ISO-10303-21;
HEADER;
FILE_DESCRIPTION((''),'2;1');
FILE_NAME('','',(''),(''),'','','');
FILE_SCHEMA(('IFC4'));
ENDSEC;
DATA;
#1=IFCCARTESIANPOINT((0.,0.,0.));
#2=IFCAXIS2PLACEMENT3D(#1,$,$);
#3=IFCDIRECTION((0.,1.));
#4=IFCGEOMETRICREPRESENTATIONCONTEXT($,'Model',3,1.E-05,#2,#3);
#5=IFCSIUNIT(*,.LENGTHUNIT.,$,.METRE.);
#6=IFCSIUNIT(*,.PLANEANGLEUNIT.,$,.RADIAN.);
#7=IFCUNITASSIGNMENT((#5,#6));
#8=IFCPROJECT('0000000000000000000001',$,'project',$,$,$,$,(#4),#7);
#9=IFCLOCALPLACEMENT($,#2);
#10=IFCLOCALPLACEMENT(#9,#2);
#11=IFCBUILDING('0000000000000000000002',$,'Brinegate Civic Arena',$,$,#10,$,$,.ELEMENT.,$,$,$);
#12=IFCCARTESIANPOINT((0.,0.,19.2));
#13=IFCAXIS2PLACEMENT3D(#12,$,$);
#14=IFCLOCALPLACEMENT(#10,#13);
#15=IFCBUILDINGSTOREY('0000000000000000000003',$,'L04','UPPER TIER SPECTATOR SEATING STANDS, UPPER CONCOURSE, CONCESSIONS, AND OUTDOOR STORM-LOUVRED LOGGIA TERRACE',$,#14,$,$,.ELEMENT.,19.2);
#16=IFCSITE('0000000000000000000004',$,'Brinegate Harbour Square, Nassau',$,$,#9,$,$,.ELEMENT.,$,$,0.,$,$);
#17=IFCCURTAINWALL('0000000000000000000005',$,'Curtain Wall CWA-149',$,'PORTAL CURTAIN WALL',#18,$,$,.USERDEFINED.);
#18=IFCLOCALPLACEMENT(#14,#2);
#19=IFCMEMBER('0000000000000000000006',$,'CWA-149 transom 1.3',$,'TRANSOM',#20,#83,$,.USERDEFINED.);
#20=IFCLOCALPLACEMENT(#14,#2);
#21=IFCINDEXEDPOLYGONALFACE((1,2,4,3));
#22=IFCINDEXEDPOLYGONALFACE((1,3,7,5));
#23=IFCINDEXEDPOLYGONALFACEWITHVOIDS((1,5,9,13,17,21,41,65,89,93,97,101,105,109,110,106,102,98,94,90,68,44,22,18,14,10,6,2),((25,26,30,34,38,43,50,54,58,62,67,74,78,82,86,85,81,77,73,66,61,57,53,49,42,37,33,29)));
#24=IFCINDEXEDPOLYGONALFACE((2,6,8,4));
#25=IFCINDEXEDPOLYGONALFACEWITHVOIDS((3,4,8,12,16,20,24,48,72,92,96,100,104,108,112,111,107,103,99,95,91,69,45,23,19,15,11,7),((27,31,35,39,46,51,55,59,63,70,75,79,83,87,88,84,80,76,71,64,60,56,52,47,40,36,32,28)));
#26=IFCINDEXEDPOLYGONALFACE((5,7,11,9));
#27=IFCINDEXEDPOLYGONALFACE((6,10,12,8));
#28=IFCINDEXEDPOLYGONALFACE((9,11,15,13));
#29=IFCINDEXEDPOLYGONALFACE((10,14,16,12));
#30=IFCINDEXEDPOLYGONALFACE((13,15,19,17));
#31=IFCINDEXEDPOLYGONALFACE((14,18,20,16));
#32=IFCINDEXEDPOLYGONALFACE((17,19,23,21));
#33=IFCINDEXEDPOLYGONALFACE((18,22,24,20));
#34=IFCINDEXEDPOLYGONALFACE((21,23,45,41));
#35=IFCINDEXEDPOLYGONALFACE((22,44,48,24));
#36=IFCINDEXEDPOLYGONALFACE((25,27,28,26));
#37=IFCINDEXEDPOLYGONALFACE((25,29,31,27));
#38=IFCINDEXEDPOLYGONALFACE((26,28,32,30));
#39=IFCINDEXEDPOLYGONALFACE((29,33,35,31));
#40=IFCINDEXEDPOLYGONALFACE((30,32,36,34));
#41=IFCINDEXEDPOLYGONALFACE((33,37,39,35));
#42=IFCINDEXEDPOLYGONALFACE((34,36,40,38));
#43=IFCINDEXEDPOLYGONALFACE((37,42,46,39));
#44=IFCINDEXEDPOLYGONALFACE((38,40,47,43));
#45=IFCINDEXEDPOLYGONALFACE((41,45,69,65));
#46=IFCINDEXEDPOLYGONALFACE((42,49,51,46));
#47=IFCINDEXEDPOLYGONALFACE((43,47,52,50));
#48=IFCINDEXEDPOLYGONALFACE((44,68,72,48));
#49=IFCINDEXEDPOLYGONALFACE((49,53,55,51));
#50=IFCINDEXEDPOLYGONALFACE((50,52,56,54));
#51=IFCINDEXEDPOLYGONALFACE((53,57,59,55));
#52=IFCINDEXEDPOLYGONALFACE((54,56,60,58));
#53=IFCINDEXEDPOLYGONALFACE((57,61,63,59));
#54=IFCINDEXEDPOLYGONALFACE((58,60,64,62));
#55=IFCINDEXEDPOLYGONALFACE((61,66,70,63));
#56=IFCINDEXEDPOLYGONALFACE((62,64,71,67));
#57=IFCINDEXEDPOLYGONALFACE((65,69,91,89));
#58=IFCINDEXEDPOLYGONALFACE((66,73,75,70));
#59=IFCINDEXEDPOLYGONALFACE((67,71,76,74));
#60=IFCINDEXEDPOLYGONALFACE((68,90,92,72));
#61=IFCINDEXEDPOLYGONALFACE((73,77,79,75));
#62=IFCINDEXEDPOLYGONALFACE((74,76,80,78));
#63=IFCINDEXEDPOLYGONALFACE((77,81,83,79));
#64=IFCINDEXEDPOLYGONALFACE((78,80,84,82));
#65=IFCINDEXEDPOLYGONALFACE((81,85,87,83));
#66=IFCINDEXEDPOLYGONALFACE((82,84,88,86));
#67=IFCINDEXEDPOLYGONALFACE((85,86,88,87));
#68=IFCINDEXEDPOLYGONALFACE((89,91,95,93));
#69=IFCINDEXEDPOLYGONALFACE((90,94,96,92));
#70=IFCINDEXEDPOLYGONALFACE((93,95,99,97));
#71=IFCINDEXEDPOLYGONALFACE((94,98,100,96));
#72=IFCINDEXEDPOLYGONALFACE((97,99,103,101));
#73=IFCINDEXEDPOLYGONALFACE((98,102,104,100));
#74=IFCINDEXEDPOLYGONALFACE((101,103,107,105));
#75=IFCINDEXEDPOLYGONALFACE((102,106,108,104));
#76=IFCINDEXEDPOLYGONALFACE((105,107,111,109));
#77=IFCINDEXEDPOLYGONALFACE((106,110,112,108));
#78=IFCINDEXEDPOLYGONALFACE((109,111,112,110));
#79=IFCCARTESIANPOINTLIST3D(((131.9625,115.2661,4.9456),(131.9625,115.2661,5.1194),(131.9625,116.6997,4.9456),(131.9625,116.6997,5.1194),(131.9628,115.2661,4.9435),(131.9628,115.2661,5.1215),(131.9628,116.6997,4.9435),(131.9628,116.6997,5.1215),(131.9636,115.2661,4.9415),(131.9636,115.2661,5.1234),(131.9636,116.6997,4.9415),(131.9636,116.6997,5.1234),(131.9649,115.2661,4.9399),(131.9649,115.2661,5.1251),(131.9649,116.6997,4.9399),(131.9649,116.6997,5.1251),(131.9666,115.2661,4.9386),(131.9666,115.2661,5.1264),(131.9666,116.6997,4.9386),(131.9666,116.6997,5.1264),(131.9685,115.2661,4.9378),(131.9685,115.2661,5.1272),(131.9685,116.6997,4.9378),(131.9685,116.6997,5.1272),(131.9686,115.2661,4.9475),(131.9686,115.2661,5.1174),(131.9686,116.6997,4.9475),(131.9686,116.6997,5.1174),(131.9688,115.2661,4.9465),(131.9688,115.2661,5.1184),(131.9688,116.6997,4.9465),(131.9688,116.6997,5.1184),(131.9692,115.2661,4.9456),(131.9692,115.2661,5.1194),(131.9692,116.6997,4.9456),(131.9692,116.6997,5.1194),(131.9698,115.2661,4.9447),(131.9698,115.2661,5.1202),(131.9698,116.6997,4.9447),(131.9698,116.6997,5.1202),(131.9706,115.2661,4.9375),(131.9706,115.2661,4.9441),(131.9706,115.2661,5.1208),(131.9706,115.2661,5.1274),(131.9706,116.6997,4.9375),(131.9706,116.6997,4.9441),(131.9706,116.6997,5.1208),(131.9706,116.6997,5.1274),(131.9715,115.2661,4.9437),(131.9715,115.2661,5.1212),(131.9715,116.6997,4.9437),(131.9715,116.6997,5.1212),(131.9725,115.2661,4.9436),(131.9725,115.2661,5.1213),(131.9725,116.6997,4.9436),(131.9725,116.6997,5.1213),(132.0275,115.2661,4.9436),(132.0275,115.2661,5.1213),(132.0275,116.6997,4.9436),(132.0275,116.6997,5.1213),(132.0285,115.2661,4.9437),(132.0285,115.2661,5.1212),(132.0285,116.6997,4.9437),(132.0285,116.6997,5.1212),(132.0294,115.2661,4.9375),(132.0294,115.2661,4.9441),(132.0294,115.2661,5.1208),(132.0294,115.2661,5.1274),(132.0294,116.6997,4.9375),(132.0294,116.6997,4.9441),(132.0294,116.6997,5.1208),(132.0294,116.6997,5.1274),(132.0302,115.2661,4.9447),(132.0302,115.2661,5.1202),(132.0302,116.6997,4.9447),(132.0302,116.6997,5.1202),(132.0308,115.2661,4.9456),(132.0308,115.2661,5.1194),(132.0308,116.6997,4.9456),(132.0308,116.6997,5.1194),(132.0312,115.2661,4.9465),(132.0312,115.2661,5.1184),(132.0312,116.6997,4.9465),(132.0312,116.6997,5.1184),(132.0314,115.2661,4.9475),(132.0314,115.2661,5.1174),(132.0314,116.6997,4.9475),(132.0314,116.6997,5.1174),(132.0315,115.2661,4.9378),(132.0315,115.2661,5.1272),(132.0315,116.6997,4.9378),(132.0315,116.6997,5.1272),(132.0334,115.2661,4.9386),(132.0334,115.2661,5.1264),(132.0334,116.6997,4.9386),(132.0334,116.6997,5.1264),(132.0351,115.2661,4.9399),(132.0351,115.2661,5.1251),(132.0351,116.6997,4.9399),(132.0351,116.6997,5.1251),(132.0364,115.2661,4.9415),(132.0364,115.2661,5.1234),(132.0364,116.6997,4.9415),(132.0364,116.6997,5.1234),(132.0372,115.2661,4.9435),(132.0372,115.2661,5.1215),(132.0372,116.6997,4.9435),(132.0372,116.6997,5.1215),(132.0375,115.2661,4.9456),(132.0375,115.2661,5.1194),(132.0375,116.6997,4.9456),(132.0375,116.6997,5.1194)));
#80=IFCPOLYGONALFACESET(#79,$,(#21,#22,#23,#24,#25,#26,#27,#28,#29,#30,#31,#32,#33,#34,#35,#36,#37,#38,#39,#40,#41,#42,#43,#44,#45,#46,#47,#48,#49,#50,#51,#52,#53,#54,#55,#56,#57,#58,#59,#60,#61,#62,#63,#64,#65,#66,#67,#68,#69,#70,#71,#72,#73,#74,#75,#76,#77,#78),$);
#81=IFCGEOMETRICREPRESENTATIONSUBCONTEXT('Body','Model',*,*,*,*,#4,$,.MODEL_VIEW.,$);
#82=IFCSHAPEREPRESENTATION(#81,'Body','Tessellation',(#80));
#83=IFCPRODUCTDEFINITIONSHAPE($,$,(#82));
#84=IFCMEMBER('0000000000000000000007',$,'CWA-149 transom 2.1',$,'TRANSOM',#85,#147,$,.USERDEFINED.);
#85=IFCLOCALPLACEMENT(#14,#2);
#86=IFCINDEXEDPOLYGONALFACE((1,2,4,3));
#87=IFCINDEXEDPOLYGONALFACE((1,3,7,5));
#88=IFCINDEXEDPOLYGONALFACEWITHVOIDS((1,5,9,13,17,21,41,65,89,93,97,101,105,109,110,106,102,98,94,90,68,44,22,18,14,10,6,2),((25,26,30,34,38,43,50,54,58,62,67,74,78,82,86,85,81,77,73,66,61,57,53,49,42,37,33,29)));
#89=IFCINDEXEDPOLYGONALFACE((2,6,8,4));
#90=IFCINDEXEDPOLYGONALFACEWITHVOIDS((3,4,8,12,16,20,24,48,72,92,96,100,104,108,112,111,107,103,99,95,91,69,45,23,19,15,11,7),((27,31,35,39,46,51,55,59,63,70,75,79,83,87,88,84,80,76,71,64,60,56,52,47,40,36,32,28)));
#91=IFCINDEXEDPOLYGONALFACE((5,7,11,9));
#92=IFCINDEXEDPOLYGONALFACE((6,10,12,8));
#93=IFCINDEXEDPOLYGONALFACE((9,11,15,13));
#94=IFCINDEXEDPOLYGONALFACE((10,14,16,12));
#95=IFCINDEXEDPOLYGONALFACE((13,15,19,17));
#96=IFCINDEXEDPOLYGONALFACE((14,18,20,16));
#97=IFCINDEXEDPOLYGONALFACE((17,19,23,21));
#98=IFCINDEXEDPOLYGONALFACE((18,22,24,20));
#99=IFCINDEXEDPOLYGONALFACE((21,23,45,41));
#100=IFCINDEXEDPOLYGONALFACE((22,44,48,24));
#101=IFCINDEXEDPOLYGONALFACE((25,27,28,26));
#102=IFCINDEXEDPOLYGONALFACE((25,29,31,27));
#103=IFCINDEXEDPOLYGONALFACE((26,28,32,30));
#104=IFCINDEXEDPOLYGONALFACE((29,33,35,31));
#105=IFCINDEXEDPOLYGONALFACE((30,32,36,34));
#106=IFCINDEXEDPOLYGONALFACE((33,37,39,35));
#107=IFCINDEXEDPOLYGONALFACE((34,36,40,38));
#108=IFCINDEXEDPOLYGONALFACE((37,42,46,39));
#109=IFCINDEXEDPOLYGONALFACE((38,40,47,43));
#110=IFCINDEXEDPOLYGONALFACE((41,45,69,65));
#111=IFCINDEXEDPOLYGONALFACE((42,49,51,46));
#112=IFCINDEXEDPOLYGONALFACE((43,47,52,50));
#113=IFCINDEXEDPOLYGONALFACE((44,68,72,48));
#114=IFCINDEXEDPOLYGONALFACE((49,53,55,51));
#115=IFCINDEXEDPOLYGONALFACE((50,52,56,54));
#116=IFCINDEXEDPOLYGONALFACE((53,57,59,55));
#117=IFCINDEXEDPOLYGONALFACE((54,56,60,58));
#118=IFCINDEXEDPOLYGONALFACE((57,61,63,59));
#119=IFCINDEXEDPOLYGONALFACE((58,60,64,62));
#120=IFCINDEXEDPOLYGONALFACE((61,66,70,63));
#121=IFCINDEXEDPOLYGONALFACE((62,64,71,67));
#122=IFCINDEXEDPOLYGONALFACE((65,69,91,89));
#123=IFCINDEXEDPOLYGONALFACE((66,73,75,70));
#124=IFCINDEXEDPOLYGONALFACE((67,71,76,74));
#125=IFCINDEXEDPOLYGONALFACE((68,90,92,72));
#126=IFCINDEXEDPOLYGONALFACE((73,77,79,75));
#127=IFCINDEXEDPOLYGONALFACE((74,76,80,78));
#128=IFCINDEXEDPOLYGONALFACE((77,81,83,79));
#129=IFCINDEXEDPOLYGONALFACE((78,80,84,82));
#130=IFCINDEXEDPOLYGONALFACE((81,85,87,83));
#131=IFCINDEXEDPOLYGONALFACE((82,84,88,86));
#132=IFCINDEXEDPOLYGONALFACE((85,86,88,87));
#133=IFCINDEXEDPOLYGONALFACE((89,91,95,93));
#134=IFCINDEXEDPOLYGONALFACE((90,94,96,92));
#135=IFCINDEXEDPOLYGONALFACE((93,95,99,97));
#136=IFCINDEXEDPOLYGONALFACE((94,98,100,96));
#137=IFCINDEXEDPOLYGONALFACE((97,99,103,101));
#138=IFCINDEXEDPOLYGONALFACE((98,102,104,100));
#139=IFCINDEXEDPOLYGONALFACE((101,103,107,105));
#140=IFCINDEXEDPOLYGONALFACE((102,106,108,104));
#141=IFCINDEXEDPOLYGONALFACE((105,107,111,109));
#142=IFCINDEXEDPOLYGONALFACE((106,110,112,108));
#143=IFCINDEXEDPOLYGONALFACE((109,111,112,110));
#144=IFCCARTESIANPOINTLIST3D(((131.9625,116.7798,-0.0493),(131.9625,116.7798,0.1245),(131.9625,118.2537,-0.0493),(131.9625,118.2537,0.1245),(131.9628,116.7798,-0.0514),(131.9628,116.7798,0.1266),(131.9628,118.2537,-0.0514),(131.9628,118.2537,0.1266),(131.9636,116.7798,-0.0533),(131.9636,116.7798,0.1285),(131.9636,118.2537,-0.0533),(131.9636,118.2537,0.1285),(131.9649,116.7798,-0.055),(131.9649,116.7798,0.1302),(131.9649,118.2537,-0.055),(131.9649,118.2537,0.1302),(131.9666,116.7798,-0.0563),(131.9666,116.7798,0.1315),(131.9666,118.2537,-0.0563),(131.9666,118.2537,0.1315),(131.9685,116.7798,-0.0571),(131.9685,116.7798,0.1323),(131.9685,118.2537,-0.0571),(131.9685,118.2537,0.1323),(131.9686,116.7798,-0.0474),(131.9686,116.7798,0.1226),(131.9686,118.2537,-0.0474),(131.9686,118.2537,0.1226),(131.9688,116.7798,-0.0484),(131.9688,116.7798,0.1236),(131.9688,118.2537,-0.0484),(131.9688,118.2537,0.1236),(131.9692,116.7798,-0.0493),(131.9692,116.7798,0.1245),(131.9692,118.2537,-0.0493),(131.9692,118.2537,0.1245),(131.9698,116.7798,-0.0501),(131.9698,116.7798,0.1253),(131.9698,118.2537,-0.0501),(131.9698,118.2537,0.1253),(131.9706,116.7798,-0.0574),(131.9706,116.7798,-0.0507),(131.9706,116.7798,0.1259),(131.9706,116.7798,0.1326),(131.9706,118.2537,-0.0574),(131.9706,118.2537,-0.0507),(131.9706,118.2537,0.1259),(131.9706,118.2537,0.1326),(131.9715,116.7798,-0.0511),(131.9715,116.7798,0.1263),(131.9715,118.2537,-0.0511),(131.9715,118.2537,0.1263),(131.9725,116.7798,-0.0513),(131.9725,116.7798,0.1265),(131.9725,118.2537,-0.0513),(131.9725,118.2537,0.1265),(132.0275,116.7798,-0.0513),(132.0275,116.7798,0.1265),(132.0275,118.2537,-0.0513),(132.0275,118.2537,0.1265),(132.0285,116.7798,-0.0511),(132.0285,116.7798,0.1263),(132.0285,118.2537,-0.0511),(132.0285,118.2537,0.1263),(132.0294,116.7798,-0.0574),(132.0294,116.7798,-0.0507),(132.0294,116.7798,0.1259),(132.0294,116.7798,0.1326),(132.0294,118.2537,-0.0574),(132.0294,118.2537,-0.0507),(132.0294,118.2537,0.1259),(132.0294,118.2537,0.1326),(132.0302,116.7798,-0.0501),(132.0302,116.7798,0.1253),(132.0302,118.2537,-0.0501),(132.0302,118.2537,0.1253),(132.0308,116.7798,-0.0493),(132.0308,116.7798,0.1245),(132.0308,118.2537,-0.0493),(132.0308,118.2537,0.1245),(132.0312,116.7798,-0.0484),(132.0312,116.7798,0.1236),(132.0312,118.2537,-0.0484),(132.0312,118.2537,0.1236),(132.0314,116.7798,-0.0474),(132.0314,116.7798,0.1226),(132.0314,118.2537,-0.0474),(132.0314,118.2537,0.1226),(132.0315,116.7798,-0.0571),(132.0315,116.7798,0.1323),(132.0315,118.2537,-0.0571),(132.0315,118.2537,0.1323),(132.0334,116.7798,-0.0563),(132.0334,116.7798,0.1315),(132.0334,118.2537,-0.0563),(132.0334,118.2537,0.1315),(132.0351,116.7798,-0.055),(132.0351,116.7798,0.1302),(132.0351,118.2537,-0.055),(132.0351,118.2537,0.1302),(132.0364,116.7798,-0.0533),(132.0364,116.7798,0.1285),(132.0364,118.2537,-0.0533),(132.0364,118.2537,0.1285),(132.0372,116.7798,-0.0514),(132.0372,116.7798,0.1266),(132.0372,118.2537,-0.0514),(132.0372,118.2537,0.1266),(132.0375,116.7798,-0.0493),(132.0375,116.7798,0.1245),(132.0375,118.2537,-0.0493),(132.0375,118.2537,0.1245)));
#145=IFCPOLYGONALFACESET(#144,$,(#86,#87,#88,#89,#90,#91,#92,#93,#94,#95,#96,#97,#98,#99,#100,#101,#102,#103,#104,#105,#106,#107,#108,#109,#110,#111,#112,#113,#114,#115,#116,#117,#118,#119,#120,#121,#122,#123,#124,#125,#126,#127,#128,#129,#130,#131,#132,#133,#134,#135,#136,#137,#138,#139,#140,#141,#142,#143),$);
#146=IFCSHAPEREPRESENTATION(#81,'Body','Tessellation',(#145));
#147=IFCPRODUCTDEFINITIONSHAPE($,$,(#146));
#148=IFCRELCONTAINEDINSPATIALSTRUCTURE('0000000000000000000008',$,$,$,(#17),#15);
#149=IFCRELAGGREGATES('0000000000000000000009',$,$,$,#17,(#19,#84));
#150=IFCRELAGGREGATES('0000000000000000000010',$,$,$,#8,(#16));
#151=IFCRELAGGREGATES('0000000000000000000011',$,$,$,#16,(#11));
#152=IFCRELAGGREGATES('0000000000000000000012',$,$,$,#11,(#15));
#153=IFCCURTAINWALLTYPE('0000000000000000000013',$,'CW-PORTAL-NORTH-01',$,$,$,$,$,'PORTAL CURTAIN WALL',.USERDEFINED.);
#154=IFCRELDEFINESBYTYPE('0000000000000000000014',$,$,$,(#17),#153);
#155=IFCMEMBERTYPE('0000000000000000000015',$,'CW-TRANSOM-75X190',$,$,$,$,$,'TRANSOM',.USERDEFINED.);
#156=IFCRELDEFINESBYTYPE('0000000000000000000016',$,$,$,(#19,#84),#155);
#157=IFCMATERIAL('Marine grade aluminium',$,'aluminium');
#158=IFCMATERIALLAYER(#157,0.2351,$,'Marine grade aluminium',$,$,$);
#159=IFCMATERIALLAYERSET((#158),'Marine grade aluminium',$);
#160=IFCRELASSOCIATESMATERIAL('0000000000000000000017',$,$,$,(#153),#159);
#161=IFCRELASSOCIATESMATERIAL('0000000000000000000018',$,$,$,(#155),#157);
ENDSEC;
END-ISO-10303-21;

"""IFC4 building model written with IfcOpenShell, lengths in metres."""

from ifc_helpers import new_model, si_unit, direction, frame, origin, origin_2d, place, context, subcontext, project, spatial, hollow_rectangle, extrude, material, layer, layer_set, material_profile, profile_set, type_object, element, aggregate, save


model = new_model("IFC4")

# Units and contexts
model_context = context("Model", 3, precision=1e-05, world=origin(), true_north=direction((0.0, 1.0)))
body_context = subcontext(model_context, "Body", "Model", "MODEL_VIEW")
ifc_project = project(units=[si_unit("LENGTHUNIT", "METRE"), si_unit("PLANEANGLEUNIT", "RADIAN")], contexts=[model_context])

# Site, building, storey
site_placement = place(None, origin())
site = spatial("IfcSite", under=ifc_project, at=site_placement, Name="Brinegate Harbour Square, Nassau", CompositionType="ELEMENT", RefElevation=0.0)
building_placement = place(site_placement, origin())
building = spatial("IfcBuilding", under=site, at=building_placement, Name="Brinegate Civic Arena", CompositionType="ELEMENT")
storey_placement = place(building_placement, frame((0.0, 0.0, 19.2)))
storey = spatial("IfcBuildingStorey", under=building, at=storey_placement, Name="L04", Description="UPPER TIER SPECTATOR SEATING STANDS, UPPER CONCOURSE, CONCESSIONS, AND OUTDOOR STORM-LOUVRED LOGGIA TERRACE", CompositionType="ELEMENT", Elevation=19.2)

# Curtain wall, members
ifc_material_1 = material(Name="Marine grade aluminium", Category="aluminium")
ifc_layer_1 = layer(ifc_material_1, 0.2351, Name="Marine grade aluminium")
ifc_layer_set_1 = layer_set([ifc_layer_1], Name="Marine grade aluminium")
curtain_wall_type = type_object("IfcCurtainWallType", Name="CW-PORTAL-NORTH-01", ElementType="PORTAL CURTAIN WALL", PredefinedType="USERDEFINED", material=ifc_layer_set_1)
curtain_wall_placement = place(storey_placement, origin())
curtain_wall = element("IfcCurtainWall", 1, at=curtain_wall_placement, inside=storey, type_object=curtain_wall_type, Name="Curtain Wall CWA-149", ObjectType="PORTAL CURTAIN WALL", PredefinedType="USERDEFINED")
ifc_material_profile_1 = material_profile(ifc_material_1, hollow_rectangle(XDim=0.075, YDim=0.1899, WallThickness=0.0061, InnerFilletRadius=0.0039, OuterFilletRadius=0.0081, at=origin_2d()), Name="TRN75X190")
ifc_profile_set_1 = profile_set([ifc_material_profile_1], Name="Marine grade aluminium")
member_type_1 = type_object("IfcMemberType", Name="CW-TRANSOM-75X190", ElementType="TRANSOM", PredefinedType="USERDEFINED", material=ifc_profile_set_1)
member_1_placement = place(storey_placement, frame((132.0, 115.2661, 5.0325), z_axis=(0.0, 1.0, 0.0), x_axis=(-1.0, 0.0, 0.0)))
member_1 = element("IfcMember", 2, at=member_1_placement, type_object=member_type_1, Name="CWA-149 transom 1.3", ObjectType="TRANSOM", PredefinedType="USERDEFINED", context=body_context, shape_type="SweptSolid", body=[
    extrude(hollow_rectangle(XDim=0.075, YDim=0.1899, WallThickness=0.0061, InnerFilletRadius=0.0039, OuterFilletRadius=0.0081, at=origin_2d()), origin(), (0.0, 0.0, 1.0), 1.4336),
])
member_2_placement = place(storey_placement, frame((132.0, 116.7798, 0.0376), z_axis=(0.0, 1.0, 0.0), x_axis=(-1.0, 0.0, 0.0)))
member_2 = element("IfcMember", 3, at=member_2_placement, type_object=member_type_1, Name="CWA-149 transom 2.1", ObjectType="TRANSOM", PredefinedType="USERDEFINED", context=body_context, shape_type="SweptSolid", body=[
    extrude(hollow_rectangle(XDim=0.075, YDim=0.1899, WallThickness=0.0061, InnerFilletRadius=0.0039, OuterFilletRadius=0.0081, at=origin_2d()), origin(), (0.0, 0.0, 1.0), 1.4739),
])

aggregate(curtain_wall, [member_1, member_2])

save(model, "model.ifc")
